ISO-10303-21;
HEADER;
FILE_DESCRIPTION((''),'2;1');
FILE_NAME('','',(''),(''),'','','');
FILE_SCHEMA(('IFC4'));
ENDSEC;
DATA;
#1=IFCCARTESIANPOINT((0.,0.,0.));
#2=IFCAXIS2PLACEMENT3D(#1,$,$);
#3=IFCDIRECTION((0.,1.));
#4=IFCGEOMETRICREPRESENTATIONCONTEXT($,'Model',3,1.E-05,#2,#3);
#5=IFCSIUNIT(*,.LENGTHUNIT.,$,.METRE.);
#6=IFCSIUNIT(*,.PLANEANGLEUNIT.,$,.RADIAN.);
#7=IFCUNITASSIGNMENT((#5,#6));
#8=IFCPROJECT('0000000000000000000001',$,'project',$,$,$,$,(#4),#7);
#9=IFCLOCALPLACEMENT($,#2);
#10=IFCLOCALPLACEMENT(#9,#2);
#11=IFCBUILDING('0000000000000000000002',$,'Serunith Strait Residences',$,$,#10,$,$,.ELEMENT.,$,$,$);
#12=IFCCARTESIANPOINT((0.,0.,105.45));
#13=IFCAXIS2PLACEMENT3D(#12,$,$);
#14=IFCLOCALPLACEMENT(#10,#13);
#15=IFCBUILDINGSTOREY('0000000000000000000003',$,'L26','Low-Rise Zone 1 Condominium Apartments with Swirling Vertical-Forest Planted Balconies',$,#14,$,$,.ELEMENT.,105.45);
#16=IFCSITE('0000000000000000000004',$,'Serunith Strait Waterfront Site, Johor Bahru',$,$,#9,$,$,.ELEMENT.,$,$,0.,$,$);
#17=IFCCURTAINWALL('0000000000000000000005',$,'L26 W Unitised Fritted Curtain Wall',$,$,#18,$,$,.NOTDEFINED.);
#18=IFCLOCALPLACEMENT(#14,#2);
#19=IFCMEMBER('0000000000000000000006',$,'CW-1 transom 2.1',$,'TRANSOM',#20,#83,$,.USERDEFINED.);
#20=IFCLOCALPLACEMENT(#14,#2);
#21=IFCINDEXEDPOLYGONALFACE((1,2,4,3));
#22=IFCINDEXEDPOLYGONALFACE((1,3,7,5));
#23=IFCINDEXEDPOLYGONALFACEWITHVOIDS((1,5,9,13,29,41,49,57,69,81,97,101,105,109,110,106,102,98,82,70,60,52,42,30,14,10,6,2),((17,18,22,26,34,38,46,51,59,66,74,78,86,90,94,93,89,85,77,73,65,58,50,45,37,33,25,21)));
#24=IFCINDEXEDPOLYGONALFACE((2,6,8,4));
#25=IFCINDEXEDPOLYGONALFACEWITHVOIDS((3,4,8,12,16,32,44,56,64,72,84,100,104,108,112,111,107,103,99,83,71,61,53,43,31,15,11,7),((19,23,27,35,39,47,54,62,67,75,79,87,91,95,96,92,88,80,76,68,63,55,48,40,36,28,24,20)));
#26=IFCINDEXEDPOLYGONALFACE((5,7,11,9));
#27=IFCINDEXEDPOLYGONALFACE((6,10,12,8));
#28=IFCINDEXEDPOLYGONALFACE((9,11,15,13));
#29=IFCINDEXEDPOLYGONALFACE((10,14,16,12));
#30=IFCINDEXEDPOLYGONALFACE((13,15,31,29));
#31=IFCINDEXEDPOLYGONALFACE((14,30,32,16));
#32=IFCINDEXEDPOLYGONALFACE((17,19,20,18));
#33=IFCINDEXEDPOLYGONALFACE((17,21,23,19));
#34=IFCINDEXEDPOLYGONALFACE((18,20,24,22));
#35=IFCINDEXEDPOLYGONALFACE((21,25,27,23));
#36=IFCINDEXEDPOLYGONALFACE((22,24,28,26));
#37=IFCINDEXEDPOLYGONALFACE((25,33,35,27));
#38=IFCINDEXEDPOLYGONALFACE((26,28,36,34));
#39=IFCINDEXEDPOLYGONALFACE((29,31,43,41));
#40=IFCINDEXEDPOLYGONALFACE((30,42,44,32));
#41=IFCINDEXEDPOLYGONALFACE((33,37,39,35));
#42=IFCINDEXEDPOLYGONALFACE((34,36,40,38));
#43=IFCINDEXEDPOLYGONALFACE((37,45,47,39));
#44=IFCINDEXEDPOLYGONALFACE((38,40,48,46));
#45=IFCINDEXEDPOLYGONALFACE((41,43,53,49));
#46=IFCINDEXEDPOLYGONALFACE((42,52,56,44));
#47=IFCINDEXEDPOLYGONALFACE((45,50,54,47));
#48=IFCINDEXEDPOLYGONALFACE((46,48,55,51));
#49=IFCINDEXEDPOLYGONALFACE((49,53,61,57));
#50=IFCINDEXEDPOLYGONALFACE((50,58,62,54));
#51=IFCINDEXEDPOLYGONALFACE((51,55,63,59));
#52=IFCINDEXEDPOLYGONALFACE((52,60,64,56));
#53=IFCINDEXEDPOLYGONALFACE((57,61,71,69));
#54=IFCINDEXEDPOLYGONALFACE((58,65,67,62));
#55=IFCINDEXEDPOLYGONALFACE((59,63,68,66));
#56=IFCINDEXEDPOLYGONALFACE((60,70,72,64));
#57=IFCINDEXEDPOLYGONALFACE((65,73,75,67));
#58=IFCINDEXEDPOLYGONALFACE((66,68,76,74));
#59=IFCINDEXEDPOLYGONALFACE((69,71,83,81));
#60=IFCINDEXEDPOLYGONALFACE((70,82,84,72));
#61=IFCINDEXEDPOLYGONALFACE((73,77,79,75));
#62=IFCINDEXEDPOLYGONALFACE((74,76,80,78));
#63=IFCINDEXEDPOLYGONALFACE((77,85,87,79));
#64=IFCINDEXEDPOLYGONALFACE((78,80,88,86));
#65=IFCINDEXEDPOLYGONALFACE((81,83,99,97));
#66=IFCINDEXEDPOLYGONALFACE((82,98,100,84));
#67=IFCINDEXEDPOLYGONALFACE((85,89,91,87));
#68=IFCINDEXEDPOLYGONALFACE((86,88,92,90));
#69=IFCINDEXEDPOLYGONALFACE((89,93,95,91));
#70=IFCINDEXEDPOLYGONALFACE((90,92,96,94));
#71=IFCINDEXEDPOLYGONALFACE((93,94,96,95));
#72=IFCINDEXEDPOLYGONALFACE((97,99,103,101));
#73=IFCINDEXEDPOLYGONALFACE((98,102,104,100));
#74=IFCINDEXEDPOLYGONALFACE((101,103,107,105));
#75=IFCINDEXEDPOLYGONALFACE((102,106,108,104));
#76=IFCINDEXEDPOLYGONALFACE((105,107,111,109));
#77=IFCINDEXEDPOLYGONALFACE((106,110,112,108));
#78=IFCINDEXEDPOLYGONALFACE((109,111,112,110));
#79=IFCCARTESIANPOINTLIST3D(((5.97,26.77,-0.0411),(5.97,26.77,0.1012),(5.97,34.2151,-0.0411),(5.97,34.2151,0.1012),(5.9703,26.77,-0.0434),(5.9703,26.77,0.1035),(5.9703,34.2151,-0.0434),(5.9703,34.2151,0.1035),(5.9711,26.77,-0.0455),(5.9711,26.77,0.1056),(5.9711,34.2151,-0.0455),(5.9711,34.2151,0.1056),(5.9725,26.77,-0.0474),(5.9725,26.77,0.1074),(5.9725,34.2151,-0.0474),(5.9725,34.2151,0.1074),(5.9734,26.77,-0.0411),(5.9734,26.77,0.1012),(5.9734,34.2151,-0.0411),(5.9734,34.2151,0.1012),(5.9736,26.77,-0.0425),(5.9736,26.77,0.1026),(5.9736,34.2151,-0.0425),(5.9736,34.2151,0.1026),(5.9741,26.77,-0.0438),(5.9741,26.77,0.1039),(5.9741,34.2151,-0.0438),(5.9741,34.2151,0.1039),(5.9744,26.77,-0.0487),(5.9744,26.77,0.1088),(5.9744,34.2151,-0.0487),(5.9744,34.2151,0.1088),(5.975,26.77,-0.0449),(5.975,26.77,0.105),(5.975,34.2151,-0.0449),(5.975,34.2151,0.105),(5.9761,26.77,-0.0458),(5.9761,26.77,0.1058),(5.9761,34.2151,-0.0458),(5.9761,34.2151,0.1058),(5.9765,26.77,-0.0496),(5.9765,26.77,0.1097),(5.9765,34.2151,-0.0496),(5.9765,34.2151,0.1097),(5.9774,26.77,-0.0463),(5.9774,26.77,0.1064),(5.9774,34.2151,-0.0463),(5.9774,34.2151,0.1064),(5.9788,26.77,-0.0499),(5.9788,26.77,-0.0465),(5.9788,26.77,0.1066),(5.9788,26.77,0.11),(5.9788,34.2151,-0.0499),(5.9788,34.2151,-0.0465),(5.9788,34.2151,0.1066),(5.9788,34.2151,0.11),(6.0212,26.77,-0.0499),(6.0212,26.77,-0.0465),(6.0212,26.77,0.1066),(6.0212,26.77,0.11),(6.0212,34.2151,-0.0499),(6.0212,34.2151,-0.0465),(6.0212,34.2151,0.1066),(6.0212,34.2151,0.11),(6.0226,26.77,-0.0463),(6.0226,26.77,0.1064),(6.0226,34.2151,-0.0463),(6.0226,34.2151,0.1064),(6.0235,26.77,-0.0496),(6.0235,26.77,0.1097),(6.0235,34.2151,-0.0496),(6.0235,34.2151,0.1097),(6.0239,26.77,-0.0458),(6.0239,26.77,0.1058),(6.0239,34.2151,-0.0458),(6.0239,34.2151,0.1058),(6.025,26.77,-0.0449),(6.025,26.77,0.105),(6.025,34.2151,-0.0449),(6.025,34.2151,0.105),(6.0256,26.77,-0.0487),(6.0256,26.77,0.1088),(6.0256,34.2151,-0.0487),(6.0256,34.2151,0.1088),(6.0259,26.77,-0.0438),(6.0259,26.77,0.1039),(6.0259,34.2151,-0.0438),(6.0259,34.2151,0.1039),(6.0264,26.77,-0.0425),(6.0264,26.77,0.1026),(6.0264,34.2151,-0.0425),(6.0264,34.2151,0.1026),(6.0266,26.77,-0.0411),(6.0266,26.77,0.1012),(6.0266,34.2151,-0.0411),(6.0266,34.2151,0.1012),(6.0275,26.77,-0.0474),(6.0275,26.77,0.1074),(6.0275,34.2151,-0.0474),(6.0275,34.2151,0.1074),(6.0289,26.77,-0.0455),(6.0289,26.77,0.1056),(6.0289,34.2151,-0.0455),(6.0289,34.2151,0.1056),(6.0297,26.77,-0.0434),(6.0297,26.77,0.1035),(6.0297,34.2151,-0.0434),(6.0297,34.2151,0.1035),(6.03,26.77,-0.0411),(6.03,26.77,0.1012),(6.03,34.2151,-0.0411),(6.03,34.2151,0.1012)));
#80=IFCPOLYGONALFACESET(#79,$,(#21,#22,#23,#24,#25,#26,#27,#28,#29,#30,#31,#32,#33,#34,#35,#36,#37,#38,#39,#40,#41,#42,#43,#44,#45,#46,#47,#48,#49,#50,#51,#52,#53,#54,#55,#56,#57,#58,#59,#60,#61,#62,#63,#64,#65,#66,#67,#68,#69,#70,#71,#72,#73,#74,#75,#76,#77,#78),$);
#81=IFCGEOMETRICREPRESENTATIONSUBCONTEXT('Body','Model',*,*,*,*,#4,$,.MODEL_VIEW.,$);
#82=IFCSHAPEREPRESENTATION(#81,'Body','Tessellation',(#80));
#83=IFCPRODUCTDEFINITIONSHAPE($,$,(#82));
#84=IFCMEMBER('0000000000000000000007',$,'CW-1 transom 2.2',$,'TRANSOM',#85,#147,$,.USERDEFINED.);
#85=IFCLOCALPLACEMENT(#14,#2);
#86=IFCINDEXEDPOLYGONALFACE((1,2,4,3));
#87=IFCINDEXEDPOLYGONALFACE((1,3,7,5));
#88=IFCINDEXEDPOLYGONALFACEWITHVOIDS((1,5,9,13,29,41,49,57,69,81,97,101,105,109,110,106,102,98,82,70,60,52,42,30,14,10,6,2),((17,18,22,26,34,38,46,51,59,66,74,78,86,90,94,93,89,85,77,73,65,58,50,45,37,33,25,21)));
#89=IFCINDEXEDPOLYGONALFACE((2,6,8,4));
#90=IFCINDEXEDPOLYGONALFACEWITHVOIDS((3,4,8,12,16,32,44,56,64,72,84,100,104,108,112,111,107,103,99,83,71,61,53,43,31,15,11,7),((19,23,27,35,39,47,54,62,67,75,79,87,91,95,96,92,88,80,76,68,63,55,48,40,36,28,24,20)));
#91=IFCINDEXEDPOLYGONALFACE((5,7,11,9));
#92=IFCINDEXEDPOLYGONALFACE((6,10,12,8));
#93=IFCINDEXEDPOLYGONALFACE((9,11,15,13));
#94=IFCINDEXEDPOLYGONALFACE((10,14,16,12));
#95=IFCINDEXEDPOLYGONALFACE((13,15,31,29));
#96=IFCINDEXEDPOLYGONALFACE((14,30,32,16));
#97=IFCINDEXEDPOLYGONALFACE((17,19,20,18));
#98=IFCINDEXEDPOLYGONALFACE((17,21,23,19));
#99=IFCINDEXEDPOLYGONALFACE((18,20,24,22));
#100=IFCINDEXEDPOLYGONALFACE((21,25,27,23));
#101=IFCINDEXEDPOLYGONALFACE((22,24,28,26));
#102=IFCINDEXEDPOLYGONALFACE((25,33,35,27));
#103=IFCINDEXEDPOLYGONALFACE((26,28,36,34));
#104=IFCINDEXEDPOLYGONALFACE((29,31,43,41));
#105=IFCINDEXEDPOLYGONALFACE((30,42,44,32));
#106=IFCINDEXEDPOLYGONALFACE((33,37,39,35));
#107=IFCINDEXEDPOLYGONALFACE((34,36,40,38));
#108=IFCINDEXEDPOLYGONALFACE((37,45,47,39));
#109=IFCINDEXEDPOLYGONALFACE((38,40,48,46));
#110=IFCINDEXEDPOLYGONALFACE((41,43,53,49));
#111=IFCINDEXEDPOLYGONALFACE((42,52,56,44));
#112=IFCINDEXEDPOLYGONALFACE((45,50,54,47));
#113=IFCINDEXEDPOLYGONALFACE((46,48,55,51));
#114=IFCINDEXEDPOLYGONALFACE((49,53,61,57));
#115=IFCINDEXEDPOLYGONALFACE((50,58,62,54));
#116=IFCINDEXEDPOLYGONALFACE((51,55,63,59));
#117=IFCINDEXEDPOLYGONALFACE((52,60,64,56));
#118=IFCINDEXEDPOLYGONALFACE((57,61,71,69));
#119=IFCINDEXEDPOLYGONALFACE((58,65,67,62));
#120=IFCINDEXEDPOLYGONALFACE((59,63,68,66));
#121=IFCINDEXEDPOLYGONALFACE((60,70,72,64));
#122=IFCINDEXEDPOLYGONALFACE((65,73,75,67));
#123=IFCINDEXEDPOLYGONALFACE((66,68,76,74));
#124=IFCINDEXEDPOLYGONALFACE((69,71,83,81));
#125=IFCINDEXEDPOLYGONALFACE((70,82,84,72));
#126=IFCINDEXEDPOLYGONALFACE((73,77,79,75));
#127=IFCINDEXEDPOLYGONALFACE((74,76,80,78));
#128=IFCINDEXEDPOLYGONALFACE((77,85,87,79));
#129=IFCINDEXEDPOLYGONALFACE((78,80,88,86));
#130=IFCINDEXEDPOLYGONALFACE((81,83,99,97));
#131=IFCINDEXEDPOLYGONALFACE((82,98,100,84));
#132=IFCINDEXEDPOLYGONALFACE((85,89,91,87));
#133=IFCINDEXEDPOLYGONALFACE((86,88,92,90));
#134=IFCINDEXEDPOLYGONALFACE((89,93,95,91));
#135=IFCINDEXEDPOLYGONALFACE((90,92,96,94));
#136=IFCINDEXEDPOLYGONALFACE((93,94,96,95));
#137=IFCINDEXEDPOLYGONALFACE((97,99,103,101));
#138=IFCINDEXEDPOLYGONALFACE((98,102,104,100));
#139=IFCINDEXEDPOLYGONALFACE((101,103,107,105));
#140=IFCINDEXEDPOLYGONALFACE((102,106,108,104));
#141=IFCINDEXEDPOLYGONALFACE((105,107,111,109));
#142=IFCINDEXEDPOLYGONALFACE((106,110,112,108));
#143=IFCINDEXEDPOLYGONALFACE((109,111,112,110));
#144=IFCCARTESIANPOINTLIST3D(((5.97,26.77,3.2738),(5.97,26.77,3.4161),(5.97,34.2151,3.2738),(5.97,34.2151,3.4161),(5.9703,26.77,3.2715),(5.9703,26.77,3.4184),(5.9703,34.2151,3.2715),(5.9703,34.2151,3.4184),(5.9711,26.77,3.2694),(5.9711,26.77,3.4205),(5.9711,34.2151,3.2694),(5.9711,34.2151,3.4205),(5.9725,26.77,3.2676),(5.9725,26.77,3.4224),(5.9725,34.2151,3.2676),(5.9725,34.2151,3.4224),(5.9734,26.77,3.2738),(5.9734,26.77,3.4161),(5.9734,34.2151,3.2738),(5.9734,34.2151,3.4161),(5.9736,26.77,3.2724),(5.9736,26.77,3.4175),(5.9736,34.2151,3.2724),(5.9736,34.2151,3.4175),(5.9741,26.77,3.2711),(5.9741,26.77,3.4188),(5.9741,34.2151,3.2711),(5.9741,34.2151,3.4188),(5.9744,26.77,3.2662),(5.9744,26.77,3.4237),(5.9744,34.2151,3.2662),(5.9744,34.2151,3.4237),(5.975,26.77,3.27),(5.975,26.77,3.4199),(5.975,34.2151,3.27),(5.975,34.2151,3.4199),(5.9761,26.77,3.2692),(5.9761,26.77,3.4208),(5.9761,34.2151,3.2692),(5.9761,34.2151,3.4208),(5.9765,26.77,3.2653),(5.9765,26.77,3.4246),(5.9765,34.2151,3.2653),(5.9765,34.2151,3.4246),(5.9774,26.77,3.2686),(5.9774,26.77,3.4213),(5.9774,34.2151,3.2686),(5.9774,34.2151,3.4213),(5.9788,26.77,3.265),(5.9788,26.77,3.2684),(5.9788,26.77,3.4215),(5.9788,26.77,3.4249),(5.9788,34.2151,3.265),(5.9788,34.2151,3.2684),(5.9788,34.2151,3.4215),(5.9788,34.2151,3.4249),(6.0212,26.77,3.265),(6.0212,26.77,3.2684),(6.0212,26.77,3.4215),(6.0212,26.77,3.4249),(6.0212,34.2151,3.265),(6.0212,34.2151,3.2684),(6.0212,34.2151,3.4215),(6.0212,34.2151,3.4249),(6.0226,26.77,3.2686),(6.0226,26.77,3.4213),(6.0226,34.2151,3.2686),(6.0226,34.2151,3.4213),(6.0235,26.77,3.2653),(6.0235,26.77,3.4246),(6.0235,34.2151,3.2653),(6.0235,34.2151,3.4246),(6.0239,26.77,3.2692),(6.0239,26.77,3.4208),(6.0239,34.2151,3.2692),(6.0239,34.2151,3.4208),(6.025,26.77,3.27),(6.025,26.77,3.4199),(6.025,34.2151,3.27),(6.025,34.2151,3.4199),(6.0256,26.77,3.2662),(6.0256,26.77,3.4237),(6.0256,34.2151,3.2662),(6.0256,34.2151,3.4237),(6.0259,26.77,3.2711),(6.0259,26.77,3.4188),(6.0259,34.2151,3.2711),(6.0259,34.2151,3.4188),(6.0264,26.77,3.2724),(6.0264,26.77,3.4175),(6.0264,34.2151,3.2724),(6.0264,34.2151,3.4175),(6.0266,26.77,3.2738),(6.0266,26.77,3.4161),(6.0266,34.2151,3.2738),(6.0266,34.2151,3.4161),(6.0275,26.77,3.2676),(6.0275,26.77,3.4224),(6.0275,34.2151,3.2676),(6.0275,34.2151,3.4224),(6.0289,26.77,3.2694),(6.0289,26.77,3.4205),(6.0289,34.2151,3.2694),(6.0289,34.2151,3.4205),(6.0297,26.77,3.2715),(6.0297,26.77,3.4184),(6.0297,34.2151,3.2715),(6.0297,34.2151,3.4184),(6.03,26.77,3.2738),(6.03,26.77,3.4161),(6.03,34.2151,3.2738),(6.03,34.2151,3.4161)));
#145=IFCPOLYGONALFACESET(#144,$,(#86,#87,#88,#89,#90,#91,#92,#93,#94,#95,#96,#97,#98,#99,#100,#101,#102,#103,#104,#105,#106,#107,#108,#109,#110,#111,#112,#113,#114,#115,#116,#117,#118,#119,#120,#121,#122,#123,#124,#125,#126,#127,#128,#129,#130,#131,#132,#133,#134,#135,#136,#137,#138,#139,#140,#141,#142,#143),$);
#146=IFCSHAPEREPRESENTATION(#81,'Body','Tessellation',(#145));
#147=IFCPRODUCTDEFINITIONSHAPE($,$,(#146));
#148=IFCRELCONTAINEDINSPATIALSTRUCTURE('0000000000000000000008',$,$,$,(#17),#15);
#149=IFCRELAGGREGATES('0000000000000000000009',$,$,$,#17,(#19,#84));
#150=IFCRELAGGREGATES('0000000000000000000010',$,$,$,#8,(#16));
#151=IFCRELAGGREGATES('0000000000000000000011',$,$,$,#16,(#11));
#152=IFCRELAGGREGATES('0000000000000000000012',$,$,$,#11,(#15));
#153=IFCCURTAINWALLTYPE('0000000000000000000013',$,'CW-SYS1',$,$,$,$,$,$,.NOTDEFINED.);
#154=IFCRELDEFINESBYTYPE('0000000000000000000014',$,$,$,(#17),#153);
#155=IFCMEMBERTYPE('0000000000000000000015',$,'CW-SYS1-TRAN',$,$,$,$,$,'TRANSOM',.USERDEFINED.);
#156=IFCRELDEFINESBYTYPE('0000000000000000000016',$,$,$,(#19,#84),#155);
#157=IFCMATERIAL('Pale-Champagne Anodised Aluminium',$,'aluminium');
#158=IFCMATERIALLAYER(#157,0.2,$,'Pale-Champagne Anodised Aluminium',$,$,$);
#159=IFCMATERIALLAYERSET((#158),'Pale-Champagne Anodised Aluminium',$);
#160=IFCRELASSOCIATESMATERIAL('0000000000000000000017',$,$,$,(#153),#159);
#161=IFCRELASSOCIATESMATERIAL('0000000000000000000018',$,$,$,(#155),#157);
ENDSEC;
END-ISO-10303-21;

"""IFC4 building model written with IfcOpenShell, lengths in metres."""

from ifc_helpers import new_model, si_unit, direction, frame, origin, origin_2d, place, context, subcontext, project, spatial, hollow_rectangle, extrude, source, transform, mapped, material, layer, layer_set, material_profile, profile_set, type_object, element, aggregate, save


model = new_model("IFC4")

# Units and contexts
model_context = context("Model", 3, precision=1e-05, world=origin(), true_north=direction((0.0, 1.0)))
body_context = subcontext(model_context, "Body", "Model", "MODEL_VIEW")
ifc_project = project(units=[si_unit("LENGTHUNIT", "METRE"), si_unit("PLANEANGLEUNIT", "RADIAN")], contexts=[model_context])

# Site, building, storey
site_placement = place(None, origin())
site = spatial("IfcSite", under=ifc_project, at=site_placement, Name="Serunith Strait Waterfront Site, Johor Bahru", CompositionType="ELEMENT", RefElevation=0.0)
building_placement = place(site_placement, origin())
building = spatial("IfcBuilding", under=site, at=building_placement, Name="Serunith Strait Residences", CompositionType="ELEMENT")
storey_placement = place(building_placement, frame((0.0, 0.0, 105.45)))
storey = spatial("IfcBuildingStorey", under=building, at=storey_placement, Name="L26", Description="Low-Rise Zone 1 Condominium Apartments with Swirling Vertical-Forest Planted Balconies", CompositionType="ELEMENT", Elevation=105.45)

# Curtain wall, members
ifc_material_1 = material(Name="Pale-Champagne Anodised Aluminium", Category="aluminium")
ifc_layer_1 = layer(ifc_material_1, 0.2, Name="Pale-Champagne Anodised Aluminium")
ifc_layer_set_1 = layer_set([ifc_layer_1], Name="Pale-Champagne Anodised Aluminium")
curtain_wall_type = type_object("IfcCurtainWallType", Name="CW-SYS1", PredefinedType="NOTDEFINED", material=ifc_layer_set_1)
curtain_wall_1_placement = place(storey_placement, origin())
curtain_wall_1 = element("IfcCurtainWall", 1, at=curtain_wall_1_placement, inside=storey, type_object=curtain_wall_type, Name="L26 W Unitised Fritted Curtain Wall", PredefinedType="NOTDEFINED")
ifc_material_profile_1 = material_profile(ifc_material_1, hollow_rectangle(XDim=0.0601, YDim=0.1599, WallThickness=0.0034, InnerFilletRadius=0.0054, OuterFilletRadius=0.0088, at=origin_2d()), Name="ALU 160x60x3.5")
ifc_profile_set_1 = profile_set([ifc_material_profile_1], Name="Pale-Champagne Anodised Aluminium")
member_type_1 = type_object("IfcMemberType", Name="CW-SYS1-TRAN", ElementType="TRANSOM", PredefinedType="USERDEFINED", material=ifc_profile_set_1)
shared_shape_1 = source(origin(), body_context, "Body", "SweptSolid", [
    extrude(hollow_rectangle(XDim=0.0601, YDim=0.1599, WallThickness=0.0034, InnerFilletRadius=0.0054, OuterFilletRadius=0.0088, at=origin_2d()), origin(), (0.0, 0.0, 1.0), 7.4451),
])
member_1_placement = place(storey_placement, frame((6.0, 34.2151, 0.03), z_axis=(0.0, -1.0, 0.0), x_axis=(1.0, 0.0, 0.0)))
member_1 = element("IfcMember", 2, at=member_1_placement, type_object=member_type_1, Name="CW-1 transom 2.1", ObjectType="TRANSOM", PredefinedType="USERDEFINED", context=body_context, shape_type="MappedRepresentation", body=[
    mapped(shared_shape_1, transform((0.0, 0.0, 0.0), scale=1.0)),
])
member_2_placement = place(storey_placement, frame((6.0, 34.2151, 3.345), z_axis=(0.0, -1.0, 0.0), x_axis=(1.0, 0.0, 0.0)))
member_2 = element("IfcMember", 3, at=member_2_placement, type_object=member_type_1, Name="CW-1 transom 2.2", ObjectType="TRANSOM", PredefinedType="USERDEFINED", context=body_context, shape_type="MappedRepresentation", body=[
    mapped(shared_shape_1, transform((0.0, 0.0, 0.0), scale=1.0)),
])

aggregate(curtain_wall_1, [member_1, member_2])

save(model, "model.ifc")
